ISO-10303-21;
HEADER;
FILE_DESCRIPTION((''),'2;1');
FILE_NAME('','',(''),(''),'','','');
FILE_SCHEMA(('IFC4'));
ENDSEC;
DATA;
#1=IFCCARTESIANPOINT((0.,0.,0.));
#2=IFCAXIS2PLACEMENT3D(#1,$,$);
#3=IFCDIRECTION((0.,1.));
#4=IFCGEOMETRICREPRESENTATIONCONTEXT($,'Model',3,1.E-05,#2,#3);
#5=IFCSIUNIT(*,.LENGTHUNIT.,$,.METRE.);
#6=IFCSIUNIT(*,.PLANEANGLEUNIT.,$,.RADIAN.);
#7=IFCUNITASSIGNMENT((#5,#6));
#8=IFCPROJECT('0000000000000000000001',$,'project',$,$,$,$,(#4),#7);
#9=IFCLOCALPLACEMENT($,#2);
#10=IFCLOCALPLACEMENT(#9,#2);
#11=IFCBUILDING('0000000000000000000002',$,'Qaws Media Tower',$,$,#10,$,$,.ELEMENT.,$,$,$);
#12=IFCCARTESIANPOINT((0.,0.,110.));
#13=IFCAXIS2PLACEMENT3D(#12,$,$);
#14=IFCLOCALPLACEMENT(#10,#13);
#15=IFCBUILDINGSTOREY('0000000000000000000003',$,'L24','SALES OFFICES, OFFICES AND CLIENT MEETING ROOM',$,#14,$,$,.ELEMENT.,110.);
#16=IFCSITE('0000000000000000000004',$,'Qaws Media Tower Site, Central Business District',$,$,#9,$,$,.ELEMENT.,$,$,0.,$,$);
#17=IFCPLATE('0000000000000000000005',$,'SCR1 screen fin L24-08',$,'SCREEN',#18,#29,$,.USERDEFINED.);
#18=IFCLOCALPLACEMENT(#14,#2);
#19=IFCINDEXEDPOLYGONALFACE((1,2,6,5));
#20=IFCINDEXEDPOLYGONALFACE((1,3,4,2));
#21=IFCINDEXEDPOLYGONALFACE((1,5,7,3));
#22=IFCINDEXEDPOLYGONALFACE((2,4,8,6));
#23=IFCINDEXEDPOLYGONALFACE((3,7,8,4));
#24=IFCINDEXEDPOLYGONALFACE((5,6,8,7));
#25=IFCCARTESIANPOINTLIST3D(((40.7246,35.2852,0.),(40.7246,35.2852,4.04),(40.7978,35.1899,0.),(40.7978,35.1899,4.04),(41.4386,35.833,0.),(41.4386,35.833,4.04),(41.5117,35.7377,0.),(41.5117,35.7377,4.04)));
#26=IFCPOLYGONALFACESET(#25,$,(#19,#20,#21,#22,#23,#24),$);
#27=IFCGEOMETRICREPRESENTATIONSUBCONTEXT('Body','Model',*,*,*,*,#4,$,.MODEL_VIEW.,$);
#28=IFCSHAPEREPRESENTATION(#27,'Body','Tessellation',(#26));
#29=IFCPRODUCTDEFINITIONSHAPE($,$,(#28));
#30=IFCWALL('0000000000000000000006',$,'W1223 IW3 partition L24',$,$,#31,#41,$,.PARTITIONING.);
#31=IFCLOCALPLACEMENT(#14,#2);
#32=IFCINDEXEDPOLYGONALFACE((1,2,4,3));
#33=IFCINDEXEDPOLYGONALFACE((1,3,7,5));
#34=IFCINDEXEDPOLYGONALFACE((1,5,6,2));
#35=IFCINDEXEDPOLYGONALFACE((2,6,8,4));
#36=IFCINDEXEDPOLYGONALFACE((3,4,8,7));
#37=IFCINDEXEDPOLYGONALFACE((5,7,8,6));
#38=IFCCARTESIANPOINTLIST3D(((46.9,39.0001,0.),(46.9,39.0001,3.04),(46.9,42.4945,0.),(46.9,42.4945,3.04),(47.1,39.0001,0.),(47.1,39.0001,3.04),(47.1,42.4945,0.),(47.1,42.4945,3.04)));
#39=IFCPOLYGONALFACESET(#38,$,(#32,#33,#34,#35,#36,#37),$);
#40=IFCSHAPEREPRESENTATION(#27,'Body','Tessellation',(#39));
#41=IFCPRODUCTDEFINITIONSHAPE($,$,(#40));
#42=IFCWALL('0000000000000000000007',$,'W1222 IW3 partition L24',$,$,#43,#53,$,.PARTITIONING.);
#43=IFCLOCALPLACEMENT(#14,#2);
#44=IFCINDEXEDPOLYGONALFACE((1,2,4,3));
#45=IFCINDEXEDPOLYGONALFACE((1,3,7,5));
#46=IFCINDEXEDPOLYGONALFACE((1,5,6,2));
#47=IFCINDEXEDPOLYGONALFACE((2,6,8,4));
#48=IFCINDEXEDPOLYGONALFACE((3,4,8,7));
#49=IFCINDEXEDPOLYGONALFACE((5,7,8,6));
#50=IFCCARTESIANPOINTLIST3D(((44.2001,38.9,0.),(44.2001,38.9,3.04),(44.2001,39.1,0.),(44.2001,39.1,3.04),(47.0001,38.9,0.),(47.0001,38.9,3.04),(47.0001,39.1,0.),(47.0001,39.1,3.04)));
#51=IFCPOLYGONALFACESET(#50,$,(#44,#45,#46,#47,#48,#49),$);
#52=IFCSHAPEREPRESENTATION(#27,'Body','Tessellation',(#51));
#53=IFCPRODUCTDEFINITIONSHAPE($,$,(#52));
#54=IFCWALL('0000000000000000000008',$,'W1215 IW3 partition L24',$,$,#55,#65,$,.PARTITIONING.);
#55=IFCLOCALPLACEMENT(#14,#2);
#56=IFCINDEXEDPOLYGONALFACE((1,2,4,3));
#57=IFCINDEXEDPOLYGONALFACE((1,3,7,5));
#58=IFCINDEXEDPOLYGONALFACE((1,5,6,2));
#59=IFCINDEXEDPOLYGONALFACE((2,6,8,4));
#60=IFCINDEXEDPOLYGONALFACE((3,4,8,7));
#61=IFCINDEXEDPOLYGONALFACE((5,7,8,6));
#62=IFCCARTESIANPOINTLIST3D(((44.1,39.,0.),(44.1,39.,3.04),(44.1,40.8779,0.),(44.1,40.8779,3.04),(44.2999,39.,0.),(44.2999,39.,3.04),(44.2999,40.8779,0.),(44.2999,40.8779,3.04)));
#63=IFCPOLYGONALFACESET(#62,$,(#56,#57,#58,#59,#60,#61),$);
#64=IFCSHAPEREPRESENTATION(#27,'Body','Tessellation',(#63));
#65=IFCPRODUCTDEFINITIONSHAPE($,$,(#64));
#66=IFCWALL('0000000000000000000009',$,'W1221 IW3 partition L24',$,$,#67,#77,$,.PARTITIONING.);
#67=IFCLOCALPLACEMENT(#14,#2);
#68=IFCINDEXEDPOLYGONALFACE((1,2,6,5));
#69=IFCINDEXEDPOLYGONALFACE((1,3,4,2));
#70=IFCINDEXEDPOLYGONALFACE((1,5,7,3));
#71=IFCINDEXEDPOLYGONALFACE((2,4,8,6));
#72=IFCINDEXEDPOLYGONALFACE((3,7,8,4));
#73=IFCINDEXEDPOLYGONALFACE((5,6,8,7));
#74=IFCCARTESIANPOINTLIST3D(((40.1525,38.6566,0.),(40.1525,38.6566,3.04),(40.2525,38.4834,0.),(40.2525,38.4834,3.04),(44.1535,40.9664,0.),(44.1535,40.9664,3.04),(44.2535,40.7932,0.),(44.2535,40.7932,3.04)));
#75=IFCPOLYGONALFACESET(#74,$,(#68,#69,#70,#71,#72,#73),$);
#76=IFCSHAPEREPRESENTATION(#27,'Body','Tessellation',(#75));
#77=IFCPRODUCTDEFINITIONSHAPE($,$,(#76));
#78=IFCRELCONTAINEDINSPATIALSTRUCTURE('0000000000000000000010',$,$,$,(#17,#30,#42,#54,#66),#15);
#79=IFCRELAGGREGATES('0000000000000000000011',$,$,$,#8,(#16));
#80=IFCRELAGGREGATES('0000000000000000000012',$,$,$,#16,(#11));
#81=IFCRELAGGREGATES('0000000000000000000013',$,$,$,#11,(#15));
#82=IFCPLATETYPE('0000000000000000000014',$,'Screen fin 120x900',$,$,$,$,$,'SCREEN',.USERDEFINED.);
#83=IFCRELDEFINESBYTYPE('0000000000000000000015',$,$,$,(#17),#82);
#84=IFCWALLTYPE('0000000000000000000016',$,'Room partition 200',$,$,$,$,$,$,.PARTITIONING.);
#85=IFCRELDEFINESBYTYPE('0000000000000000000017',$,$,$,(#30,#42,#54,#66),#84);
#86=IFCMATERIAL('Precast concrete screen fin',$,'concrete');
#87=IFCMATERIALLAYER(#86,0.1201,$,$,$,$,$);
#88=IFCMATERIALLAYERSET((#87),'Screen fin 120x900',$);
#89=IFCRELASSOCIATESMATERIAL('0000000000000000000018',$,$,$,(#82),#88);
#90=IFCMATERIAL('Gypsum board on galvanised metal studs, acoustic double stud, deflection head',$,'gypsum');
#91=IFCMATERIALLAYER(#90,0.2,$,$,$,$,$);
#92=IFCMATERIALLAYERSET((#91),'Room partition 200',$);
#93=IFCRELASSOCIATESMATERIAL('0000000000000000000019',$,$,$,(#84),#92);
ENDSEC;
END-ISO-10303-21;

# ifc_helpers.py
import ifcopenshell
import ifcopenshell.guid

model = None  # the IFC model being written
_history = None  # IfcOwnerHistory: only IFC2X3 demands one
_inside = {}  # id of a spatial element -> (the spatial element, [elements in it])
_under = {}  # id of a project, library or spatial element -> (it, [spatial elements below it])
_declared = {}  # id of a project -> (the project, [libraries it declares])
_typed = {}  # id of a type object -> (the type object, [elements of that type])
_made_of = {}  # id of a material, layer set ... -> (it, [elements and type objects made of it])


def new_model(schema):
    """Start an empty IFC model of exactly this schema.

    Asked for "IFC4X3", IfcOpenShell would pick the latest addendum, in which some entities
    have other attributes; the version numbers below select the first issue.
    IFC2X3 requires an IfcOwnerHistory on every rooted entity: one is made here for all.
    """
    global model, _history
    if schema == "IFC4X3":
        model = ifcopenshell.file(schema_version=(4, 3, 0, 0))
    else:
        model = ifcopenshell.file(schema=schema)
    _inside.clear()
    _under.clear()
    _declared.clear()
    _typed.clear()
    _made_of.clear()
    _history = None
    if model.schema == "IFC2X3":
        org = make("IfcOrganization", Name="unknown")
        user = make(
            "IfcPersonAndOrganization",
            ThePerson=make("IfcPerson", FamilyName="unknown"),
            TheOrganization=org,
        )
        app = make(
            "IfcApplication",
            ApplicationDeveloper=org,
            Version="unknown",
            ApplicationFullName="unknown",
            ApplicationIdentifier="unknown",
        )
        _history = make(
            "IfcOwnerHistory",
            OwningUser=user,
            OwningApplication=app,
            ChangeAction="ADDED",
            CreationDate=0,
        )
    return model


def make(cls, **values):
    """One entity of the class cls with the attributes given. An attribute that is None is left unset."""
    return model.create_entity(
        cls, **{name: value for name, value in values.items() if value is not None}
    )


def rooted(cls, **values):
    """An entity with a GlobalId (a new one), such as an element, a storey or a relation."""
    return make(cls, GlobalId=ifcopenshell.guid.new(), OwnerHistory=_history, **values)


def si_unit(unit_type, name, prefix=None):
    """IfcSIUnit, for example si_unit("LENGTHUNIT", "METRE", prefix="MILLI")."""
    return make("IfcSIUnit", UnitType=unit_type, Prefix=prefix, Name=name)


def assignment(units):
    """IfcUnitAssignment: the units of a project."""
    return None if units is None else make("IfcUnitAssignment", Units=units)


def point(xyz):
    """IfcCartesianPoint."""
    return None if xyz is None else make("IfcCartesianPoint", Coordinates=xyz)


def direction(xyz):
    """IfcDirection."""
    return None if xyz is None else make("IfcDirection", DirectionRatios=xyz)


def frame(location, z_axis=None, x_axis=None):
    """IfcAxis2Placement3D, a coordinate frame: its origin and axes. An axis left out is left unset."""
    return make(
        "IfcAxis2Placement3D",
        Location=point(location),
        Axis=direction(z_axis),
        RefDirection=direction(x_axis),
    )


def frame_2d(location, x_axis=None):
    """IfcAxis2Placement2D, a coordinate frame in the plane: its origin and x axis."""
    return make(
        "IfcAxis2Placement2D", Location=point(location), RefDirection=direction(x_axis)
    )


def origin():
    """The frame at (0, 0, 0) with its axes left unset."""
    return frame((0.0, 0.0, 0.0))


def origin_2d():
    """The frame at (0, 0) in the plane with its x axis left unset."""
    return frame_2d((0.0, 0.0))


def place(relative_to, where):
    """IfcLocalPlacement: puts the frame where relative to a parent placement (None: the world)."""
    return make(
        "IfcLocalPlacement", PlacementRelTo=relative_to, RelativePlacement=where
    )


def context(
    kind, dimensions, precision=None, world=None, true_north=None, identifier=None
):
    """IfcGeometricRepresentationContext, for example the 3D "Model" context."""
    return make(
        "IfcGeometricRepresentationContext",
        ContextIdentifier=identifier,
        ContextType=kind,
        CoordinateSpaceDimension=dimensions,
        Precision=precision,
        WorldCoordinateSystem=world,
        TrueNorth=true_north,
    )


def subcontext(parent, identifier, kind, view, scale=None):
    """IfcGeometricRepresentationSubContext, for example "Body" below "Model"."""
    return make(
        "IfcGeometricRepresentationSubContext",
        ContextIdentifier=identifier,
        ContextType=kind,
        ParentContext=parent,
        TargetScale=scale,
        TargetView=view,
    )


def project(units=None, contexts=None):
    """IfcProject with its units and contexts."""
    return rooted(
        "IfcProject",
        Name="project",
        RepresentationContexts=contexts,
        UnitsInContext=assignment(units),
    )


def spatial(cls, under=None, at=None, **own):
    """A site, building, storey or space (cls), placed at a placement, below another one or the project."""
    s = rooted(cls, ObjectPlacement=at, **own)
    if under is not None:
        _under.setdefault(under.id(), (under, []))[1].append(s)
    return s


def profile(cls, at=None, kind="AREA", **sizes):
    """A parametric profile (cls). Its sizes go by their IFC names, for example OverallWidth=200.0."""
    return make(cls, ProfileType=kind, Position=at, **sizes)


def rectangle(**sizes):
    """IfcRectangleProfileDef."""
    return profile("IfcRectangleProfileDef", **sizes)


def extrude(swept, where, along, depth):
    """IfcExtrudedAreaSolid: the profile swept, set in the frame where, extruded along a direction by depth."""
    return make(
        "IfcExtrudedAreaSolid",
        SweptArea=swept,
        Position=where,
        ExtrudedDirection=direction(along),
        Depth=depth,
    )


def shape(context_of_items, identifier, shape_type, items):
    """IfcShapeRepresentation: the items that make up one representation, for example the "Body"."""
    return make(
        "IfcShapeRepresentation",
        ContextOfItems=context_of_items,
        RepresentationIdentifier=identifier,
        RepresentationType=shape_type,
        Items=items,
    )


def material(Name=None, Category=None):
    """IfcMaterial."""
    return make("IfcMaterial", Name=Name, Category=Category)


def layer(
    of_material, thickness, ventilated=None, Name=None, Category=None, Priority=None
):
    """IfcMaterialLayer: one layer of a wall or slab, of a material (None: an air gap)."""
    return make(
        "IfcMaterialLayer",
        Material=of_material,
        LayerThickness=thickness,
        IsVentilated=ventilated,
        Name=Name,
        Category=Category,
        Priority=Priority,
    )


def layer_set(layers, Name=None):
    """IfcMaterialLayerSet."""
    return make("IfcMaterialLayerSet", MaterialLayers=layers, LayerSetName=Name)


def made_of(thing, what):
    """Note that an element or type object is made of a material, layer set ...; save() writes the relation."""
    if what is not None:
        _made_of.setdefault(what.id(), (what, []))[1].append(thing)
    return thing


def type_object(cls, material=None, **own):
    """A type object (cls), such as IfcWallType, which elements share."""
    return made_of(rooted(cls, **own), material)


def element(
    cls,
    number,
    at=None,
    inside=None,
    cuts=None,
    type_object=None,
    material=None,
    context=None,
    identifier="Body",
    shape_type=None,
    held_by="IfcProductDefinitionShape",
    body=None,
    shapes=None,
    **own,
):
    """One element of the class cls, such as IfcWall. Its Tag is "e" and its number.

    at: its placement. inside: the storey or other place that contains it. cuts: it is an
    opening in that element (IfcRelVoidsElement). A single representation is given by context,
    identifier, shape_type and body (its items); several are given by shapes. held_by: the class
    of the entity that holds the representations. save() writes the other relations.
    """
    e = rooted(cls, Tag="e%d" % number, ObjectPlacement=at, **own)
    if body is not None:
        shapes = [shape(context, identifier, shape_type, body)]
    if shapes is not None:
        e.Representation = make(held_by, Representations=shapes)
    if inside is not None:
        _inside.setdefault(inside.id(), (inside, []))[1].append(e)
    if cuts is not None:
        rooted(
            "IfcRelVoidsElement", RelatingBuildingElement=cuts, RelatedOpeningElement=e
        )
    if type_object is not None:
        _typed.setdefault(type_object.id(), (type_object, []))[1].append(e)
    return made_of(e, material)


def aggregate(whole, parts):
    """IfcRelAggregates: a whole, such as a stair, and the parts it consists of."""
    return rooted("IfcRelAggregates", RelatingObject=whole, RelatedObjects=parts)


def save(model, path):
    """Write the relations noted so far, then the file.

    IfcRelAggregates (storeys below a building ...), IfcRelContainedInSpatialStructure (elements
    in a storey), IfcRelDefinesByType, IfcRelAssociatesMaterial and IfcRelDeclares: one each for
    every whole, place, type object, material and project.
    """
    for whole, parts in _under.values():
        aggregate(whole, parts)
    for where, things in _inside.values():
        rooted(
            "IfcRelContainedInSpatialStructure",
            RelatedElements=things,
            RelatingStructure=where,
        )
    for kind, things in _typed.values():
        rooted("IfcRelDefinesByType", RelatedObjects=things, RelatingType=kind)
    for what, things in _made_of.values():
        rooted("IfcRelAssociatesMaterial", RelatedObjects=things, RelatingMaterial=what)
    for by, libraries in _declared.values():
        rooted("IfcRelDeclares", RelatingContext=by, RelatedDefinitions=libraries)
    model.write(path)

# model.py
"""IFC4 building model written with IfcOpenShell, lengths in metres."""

from ifc_helpers import new_model, si_unit, direction, frame, frame_2d, origin, origin_2d, place, context, subcontext, project, spatial, rectangle, extrude, material, layer, layer_set, type_object, element, save


model = new_model("IFC4")

# Units and contexts
model_context = context("Model", 3, precision=1e-05, world=origin(), true_north=direction((0.0, 1.0)))
body_context = subcontext(model_context, "Body", "Model", "MODEL_VIEW")
ifc_project = project(units=[si_unit("LENGTHUNIT", "METRE"), si_unit("PLANEANGLEUNIT", "RADIAN")], contexts=[model_context])

# Site, building, storey
site_placement = place(None, origin())
site = spatial("IfcSite", under=ifc_project, at=site_placement, Name="Qaws Media Tower Site, Central Business District", CompositionType="ELEMENT", RefElevation=0.0)
building_placement = place(site_placement, origin())
building = spatial("IfcBuilding", under=site, at=building_placement, Name="Qaws Media Tower", CompositionType="ELEMENT")
storey_placement = place(building_placement, frame((0.0, 0.0, 110.0)))
storey = spatial("IfcBuildingStorey", under=building, at=storey_placement, Name="L24", Description="SALES OFFICES, OFFICES AND CLIENT MEETING ROOM", CompositionType="ELEMENT", Elevation=110.0)

# Plate
ifc_material_1 = material(Name="Precast concrete screen fin", Category="concrete")
ifc_layer_1 = layer(ifc_material_1, 0.1201)
ifc_layer_set_1 = layer_set([ifc_layer_1], Name="Screen fin 120x900")
plate_type_1 = type_object("IfcPlateType", Name="Screen fin 120x900", ElementType="SCREEN", PredefinedType="USERDEFINED", material=ifc_layer_set_1)
plate_1_placement = place(storey_placement, frame((41.1182, 35.5115, 0.0), z_axis=(0.0, 0.0, 1.0), x_axis=(-0.793353, -0.608761, 0.0)))
element("IfcPlate", 1, at=plate_1_placement, inside=storey, type_object=plate_type_1, Name="SCR1 screen fin L24-08", ObjectType="SCREEN", PredefinedType="USERDEFINED", context=body_context, shape_type="SweptSolid", body=[
    extrude(rectangle(XDim=0.8999, YDim=0.1201, at=origin_2d()), origin(), (0.0, 0.0, 1.0), 4.04),
])

# Walls
ifc_material_2 = material(Name="Gypsum board on galvanised metal studs, acoustic double stud, deflection head", Category="gypsum")
ifc_layer_2 = layer(ifc_material_2, 0.2)
ifc_layer_set_2 = layer_set([ifc_layer_2], Name="Room partition 200")
wall_type = type_object("IfcWallType", Name="Room partition 200", PredefinedType="PARTITIONING", material=ifc_layer_set_2)
wall_1_placement = place(storey_placement, frame((47.0, 42.4944, 0.0), z_axis=(0.0, 0.0, 1.0), x_axis=(0.0, -1.0, 0.0)))
element("IfcWall", 2, at=wall_1_placement, inside=storey, type_object=wall_type, Name="W1223 IW3 partition L24", PredefinedType="PARTITIONING", context=body_context, shape_type="SweptSolid", body=[
    extrude(rectangle(XDim=3.4944, YDim=0.2, at=frame_2d((1.7471, 0.0))), origin(), (0.0, 0.0, 1.0), 3.04),
])
wall_2_placement = place(storey_placement, frame((47.0, 39.0, 0.0), z_axis=(0.0, 0.0, 1.0), x_axis=(-1.0, 0.0, 0.0)))
element("IfcWall", 3, at=wall_2_placement, inside=storey, type_object=wall_type, Name="W1222 IW3 partition L24", PredefinedType="PARTITIONING", context=body_context, shape_type="SweptSolid", body=[
    extrude(rectangle(XDim=2.8, YDim=0.2, at=frame_2d((1.3999, 0.0))), origin(), (0.0, 0.0, 1.0), 3.04),
])
wall_3_placement = place(storey_placement, frame((44.2, 39.0, 0.0), z_axis=(0.0, 0.0, 1.0), x_axis=(0.0, 1.0, 0.0)))
element("IfcWall", 4, at=wall_3_placement, inside=storey, type_object=wall_type, Name="W1215 IW3 partition L24", PredefinedType="PARTITIONING", context=body_context, shape_type="SweptSolid", body=[
    extrude(rectangle(XDim=1.8779, YDim=0.2, at=frame_2d((0.939, 0.0))), origin(), (0.0, 0.0, 1.0), 3.04),
])

# Wall
wall_4_placement = place(storey_placement, frame((44.2036, 40.8799, 0.0), z_axis=(0.0, 0.0, 1.0), x_axis=(-0.86604, -0.499976, 0.0)))
element("IfcWall", 5, at=wall_4_placement, inside=storey, type_object=wall_type, Name="W1221 IW3 partition L24", PredefinedType="PARTITIONING", context=body_context, shape_type="SweptSolid", body=[
    extrude(rectangle(XDim=4.6199, YDim=0.2, at=frame_2d((2.3101, 0.0))), origin(), (0.0, 0.0, 1.0), 3.04),
])

save(model, "model.ifc")
